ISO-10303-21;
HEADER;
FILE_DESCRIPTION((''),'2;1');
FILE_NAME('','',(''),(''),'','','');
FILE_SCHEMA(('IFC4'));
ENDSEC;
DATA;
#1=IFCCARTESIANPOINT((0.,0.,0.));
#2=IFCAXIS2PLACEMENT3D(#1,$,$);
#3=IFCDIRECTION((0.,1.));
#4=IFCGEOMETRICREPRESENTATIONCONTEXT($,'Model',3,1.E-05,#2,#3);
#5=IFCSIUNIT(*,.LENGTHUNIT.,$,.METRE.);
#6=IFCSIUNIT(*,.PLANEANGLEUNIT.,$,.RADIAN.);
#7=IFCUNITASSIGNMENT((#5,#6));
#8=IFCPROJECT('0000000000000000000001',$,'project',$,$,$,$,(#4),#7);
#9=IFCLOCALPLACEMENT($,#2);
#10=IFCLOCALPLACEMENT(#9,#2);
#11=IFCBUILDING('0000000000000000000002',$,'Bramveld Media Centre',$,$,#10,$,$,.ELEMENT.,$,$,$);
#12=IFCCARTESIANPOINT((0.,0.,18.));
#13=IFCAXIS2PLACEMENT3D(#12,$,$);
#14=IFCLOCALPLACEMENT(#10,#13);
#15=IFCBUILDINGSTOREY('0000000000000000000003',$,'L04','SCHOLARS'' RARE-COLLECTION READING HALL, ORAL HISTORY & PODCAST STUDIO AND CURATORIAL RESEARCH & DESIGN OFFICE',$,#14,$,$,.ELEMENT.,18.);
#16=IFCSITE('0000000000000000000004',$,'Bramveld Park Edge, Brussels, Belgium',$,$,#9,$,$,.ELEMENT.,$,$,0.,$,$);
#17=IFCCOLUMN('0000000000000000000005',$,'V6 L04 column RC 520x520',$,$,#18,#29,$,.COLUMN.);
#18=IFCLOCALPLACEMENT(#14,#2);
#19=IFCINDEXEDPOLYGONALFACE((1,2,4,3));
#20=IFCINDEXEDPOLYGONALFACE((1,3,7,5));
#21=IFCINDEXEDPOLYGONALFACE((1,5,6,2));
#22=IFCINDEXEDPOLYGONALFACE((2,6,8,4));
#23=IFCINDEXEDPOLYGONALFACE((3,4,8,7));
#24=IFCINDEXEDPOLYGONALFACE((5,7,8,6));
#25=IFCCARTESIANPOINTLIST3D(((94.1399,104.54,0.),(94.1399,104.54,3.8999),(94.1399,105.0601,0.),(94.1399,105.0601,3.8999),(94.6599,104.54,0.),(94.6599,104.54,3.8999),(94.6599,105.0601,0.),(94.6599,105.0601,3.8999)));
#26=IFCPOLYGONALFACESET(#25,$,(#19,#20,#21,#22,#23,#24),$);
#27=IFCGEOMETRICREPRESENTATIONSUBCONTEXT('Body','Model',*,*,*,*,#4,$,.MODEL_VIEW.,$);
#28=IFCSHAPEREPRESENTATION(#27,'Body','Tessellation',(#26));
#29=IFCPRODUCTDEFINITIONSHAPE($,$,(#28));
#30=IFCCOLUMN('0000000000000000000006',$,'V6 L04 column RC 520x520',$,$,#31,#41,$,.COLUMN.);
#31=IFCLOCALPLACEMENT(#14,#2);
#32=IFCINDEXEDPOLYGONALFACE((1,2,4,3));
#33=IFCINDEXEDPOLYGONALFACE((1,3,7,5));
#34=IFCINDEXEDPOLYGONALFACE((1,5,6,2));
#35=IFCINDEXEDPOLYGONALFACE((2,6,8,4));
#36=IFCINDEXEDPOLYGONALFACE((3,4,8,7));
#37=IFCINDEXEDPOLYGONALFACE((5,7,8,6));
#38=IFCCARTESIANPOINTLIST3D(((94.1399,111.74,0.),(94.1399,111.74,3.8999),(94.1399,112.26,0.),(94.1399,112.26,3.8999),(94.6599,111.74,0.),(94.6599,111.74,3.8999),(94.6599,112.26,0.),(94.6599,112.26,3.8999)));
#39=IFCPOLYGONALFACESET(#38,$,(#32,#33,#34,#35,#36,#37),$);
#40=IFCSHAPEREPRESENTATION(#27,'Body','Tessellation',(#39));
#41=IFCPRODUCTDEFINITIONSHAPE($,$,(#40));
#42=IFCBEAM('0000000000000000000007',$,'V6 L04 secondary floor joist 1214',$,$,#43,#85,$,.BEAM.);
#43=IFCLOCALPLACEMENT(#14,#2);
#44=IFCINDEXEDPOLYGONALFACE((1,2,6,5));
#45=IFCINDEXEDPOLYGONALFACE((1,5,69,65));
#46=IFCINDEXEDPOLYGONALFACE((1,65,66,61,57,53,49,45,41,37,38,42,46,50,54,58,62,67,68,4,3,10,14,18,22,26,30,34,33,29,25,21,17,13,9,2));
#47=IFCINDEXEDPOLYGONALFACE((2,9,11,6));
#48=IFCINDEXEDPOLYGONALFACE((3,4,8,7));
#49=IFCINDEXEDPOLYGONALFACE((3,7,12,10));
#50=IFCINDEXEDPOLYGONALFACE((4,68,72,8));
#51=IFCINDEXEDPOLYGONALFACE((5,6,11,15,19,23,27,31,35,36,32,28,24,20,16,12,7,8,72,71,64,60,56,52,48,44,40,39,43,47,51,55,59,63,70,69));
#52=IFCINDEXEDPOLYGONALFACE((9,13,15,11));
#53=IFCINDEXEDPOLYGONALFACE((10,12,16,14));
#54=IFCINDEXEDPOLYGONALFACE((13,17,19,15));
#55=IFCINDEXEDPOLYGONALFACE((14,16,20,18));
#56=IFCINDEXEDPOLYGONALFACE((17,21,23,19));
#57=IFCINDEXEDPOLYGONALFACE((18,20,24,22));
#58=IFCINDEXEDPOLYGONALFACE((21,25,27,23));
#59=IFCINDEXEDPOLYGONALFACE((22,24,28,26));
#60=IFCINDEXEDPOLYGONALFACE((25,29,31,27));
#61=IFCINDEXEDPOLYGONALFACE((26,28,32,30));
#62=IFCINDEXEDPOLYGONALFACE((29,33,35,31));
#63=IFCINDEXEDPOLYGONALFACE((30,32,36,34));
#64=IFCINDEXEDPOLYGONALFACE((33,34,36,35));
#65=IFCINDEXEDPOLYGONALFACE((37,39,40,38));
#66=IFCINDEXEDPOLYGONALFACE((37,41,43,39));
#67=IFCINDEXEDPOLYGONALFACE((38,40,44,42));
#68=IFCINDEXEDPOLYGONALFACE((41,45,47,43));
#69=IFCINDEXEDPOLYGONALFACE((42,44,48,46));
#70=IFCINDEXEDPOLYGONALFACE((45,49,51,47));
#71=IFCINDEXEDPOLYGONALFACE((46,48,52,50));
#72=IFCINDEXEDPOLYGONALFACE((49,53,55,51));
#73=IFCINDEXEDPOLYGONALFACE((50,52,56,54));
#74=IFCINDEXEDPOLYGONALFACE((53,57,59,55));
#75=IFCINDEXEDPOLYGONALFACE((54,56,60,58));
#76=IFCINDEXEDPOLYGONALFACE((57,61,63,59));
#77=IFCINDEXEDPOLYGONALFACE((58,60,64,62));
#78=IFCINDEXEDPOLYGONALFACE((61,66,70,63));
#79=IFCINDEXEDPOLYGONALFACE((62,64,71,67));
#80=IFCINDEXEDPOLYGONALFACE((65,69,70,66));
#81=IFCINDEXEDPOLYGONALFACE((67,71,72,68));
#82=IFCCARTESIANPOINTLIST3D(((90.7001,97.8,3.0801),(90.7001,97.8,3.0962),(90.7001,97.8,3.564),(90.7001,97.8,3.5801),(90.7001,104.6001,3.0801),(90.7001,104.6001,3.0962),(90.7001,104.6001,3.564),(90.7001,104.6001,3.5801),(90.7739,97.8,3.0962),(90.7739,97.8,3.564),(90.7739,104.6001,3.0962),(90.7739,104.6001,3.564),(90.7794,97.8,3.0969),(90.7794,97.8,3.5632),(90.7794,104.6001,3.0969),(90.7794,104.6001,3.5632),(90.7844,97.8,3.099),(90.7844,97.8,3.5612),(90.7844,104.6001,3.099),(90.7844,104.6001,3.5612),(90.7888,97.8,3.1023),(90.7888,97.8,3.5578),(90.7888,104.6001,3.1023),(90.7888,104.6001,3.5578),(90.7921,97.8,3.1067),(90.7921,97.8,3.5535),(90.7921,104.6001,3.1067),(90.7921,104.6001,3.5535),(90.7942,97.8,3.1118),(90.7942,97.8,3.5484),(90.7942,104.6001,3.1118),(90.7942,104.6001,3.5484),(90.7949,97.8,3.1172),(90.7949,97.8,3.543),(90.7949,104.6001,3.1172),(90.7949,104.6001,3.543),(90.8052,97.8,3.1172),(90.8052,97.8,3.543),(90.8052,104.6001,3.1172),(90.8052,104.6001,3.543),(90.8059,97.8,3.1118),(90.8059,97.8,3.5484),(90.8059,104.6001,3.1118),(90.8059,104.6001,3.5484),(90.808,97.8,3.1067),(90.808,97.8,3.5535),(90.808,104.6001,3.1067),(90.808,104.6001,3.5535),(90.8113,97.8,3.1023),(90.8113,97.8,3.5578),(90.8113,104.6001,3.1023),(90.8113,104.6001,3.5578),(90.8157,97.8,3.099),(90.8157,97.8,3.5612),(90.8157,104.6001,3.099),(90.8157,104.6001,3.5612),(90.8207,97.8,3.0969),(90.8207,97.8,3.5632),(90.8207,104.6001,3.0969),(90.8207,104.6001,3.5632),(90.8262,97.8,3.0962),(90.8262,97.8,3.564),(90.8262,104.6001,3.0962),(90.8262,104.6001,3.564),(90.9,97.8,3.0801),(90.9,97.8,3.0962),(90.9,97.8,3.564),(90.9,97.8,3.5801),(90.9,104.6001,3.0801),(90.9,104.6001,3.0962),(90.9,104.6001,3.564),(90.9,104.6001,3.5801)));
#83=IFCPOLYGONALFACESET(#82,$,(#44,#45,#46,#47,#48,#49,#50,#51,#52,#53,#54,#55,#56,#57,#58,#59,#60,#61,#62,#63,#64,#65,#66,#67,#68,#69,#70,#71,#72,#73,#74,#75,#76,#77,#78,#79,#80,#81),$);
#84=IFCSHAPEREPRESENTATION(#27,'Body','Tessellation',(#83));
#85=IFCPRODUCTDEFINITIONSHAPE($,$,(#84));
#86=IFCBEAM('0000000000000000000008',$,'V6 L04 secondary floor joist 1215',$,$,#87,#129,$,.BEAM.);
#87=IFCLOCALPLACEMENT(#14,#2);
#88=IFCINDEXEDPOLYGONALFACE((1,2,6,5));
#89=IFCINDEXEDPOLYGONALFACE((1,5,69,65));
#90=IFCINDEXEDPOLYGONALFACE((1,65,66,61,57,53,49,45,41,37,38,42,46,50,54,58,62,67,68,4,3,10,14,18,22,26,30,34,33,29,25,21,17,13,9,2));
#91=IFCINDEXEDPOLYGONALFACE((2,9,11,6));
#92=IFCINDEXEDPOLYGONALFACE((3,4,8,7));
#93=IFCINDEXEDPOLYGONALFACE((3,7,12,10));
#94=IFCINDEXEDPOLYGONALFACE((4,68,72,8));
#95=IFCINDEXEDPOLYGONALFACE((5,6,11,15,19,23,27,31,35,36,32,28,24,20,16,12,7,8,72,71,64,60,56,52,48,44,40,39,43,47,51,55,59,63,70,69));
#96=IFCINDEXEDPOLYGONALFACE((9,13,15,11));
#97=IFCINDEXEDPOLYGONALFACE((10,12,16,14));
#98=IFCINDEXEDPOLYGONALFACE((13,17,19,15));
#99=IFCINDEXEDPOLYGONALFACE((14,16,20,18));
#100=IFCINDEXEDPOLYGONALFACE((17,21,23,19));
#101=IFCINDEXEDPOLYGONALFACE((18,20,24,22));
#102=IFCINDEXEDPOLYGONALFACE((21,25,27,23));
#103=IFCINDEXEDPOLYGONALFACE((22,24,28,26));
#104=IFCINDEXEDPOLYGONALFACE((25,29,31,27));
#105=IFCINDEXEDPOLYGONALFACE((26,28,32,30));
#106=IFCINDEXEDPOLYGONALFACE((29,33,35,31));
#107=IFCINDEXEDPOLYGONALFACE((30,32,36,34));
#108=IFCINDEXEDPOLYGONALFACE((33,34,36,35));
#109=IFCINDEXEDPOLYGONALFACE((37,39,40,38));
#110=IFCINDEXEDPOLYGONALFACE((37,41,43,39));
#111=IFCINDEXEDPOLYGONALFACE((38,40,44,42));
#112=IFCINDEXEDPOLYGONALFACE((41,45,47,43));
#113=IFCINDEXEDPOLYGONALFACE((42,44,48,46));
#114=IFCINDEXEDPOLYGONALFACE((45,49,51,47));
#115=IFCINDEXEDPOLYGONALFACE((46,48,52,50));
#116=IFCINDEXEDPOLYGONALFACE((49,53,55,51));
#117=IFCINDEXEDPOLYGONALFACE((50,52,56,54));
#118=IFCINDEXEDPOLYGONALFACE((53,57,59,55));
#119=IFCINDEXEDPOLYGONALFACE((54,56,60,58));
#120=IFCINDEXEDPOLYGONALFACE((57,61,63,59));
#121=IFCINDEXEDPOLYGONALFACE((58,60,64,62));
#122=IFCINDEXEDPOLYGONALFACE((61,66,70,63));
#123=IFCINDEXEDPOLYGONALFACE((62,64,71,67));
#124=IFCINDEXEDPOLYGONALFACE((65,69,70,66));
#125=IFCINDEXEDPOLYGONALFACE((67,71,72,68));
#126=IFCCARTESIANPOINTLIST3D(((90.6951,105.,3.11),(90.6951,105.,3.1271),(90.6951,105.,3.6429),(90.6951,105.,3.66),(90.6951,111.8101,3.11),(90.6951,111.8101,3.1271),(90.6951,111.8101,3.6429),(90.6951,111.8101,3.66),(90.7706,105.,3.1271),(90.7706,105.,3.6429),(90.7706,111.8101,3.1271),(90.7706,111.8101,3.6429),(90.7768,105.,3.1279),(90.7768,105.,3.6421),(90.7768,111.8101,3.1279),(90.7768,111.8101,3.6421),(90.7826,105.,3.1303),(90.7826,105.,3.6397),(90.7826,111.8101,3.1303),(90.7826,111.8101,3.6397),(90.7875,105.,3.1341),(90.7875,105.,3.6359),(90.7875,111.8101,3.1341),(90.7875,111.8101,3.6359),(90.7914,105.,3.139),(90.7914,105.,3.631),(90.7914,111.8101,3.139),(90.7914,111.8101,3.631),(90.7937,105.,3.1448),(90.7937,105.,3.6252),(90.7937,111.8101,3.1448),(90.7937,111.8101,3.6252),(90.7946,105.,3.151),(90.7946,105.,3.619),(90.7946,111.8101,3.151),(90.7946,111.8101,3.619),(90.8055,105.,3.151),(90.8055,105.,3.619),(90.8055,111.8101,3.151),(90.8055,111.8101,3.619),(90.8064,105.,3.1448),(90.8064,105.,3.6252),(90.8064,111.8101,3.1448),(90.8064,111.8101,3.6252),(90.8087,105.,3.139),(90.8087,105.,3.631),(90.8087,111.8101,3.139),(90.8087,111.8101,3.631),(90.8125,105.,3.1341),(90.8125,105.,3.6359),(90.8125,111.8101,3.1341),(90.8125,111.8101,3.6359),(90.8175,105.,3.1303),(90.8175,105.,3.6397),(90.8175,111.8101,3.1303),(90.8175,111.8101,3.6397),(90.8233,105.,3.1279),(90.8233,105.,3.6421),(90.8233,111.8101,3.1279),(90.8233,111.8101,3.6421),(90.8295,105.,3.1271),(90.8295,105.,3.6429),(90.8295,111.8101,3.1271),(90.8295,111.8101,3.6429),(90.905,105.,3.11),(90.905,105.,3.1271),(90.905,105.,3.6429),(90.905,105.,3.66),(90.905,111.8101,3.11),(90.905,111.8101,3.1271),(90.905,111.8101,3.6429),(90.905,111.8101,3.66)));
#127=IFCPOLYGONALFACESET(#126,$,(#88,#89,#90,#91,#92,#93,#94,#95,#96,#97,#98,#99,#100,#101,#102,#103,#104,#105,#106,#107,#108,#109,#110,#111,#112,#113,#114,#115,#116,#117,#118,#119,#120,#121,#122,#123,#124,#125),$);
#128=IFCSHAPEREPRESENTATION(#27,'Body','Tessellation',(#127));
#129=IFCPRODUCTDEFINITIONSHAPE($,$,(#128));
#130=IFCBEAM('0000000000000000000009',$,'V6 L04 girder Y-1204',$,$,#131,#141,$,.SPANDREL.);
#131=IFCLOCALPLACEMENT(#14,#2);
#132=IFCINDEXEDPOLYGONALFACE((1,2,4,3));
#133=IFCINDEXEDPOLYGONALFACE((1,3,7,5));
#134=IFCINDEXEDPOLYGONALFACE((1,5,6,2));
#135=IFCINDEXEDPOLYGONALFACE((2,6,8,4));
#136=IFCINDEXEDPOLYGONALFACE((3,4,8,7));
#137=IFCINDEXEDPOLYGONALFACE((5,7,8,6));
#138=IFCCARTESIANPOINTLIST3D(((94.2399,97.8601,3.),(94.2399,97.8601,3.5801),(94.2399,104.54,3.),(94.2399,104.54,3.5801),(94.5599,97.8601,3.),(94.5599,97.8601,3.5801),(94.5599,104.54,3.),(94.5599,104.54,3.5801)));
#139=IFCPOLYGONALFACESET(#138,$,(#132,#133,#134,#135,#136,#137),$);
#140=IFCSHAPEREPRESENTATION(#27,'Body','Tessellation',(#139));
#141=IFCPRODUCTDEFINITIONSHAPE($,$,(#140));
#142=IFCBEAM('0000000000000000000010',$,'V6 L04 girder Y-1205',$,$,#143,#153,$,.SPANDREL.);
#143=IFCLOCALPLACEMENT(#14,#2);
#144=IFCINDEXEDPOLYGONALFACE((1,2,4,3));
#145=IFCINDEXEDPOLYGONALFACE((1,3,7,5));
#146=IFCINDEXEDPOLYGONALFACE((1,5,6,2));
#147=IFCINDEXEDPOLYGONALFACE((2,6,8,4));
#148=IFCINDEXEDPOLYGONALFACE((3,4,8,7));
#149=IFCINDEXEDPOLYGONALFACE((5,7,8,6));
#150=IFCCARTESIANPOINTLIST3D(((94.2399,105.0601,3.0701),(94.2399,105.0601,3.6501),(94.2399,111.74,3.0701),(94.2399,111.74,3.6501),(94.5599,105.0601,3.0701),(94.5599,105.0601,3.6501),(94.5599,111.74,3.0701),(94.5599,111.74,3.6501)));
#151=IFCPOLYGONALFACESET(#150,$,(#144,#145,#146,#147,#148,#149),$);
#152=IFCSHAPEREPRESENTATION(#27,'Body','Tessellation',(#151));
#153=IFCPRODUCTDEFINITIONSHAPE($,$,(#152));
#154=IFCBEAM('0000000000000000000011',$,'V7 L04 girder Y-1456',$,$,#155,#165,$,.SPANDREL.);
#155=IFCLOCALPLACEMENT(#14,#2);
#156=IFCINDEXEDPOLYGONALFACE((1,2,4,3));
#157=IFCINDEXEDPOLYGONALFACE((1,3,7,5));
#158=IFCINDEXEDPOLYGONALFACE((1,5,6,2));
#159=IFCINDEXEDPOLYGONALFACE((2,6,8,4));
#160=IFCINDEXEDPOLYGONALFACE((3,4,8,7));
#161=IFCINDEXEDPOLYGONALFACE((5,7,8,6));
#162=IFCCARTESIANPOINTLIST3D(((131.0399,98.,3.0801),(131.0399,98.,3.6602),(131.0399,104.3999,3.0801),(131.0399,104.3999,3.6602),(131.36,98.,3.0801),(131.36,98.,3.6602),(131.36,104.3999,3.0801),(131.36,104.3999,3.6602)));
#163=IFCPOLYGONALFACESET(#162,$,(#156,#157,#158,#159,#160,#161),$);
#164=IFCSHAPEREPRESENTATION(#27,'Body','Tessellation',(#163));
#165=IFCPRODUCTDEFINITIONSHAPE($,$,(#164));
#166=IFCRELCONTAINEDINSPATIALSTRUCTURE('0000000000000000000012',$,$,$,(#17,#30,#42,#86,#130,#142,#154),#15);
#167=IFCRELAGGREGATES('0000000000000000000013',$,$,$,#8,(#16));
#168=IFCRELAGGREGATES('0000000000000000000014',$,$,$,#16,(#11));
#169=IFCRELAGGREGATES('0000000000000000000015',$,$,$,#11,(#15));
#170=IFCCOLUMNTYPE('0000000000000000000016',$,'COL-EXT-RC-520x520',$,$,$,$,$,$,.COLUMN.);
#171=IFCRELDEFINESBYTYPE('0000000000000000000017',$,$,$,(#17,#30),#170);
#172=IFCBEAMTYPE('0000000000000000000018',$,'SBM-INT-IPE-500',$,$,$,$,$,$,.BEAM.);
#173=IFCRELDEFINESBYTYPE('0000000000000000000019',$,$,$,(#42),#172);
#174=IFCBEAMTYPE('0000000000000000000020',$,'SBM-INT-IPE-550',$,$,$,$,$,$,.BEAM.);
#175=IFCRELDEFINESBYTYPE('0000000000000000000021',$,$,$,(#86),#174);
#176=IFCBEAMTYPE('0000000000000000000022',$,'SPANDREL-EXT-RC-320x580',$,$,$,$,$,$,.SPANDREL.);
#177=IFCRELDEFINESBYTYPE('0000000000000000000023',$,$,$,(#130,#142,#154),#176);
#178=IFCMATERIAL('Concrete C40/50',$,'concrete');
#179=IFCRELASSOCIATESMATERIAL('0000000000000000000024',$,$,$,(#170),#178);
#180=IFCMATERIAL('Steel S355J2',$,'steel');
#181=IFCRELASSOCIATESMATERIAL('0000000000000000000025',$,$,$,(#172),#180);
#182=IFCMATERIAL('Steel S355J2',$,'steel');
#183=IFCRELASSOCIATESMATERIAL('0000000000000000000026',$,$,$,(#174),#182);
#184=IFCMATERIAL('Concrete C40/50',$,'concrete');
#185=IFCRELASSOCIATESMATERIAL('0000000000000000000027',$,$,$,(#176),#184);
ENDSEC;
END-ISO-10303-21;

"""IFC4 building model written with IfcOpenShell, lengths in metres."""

from ifc_helpers import new_model, si_unit, direction, frame, origin, origin_2d, place, context, subcontext, project, spatial, rectangle, i_section, extrude, material, material_profile, profile_set, type_object, element, save


model = new_model("IFC4")

# Units and contexts
model_context = context("Model", 3, precision=1e-05, world=origin(), true_north=direction((0.0, 1.0)))
body_context = subcontext(model_context, "Body", "Model", "MODEL_VIEW")
ifc_project = project(units=[si_unit("LENGTHUNIT", "METRE"), si_unit("PLANEANGLEUNIT", "RADIAN")], contexts=[model_context])

# Site, building, storey
site_placement = place(None, origin())
site = spatial("IfcSite", under=ifc_project, at=site_placement, Name="Bramveld Park Edge, Brussels, Belgium", CompositionType="ELEMENT", RefElevation=0.0)
building_placement = place(site_placement, origin())
building = spatial("IfcBuilding", under=site, at=building_placement, Name="Bramveld Media Centre", CompositionType="ELEMENT")
storey_placement = place(building_placement, frame((0.0, 0.0, 18.0)))
storey = spatial("IfcBuildingStorey", under=building, at=storey_placement, Name="L04", Description="SCHOLARS' RARE-COLLECTION READING HALL, ORAL HISTORY & PODCAST STUDIO AND CURATORIAL RESEARCH & DESIGN OFFICE", CompositionType="ELEMENT", Elevation=18.0)

# Columns
ifc_material_1 = material(Name="Concrete C40/50", Category="concrete")
ifc_material_profile_1 = material_profile(ifc_material_1, rectangle(XDim=0.52, YDim=0.52, at=origin_2d()), Name="RC 520x520")
ifc_profile_set_1 = profile_set([ifc_material_profile_1], Name="Concrete C40/50")
column_type = type_object("IfcColumnType", Name="COL-EXT-RC-520x520", PredefinedType="COLUMN", material=ifc_profile_set_1)
for number, where, z_axis, x_axis, name in (
    (1, (94.3999, 104.8, 0.0), (0.0, 0.0, 1.0), (1.0, 0.0, 0.0), "V6 L04 column RC 520x520"),
    (2, (94.3999, 112.0, 0.0), (0.0, 0.0, 1.0), (1.0, 0.0, 0.0), "V6 L04 column RC 520x520"),
):
    element("IfcColumn", number, at=place(storey_placement, frame(where, z_axis=z_axis, x_axis=x_axis)), inside=storey, type_object=column_type, Name=name, PredefinedType="COLUMN", context=body_context, shape_type="SweptSolid", body=[
        extrude(rectangle(XDim=0.52, YDim=0.52, at=origin_2d()), origin(), (0.0, 0.0, 1.0), 3.8999),
    ])

# Beams
ifc_material_2 = material(Name="Steel S355J2", Category="steel")
ifc_material_profile_2 = material_profile(ifc_material_2, i_section(OverallWidth=0.2, OverallDepth=0.5, WebThickness=0.0103, FlangeThickness=0.0161, FilletRadius=0.021, at=origin_2d()), Name="IPE 500")
ifc_profile_set_2 = profile_set([ifc_material_profile_2], Name="Steel S355J2")
beam_type_1 = type_object("IfcBeamType", Name="SBM-INT-IPE-500", PredefinedType="BEAM", material=ifc_profile_set_2)
beam_1_placement = place(storey_placement, frame((90.8, 97.8, 3.3301), z_axis=(0.0, 1.0, 0.0), x_axis=(-1.0, 0.0, 0.0)))
element("IfcBeam", 3, at=beam_1_placement, inside=storey, type_object=beam_type_1, Name="V6 L04 secondary floor joist 1214", PredefinedType="BEAM", context=body_context, shape_type="SweptSolid", body=[
    extrude(i_section(OverallWidth=0.2, OverallDepth=0.5, WebThickness=0.0103, FlangeThickness=0.0161, FilletRadius=0.021, at=origin_2d()), origin(), (0.0, 0.0, 1.0), 6.8),
])
ifc_material_3 = material(Name="Steel S355J2", Category="steel")
ifc_material_profile_3 = material_profile(ifc_material_3, i_section(OverallWidth=0.21, OverallDepth=0.55, WebThickness=0.011, FlangeThickness=0.0171, FilletRadius=0.0239, at=origin_2d()), Name="IPE 550")
ifc_profile_set_3 = profile_set([ifc_material_profile_3], Name="Steel S355J2")
beam_type_2 = type_object("IfcBeamType", Name="SBM-INT-IPE-550", PredefinedType="BEAM", material=ifc_profile_set_3)
beam_2_placement = place(storey_placement, frame((90.8, 105.0, 3.385), z_axis=(0.0, 1.0, 0.0), x_axis=(-1.0, 0.0, 0.0)))
element("IfcBeam", 4, at=beam_2_placement, inside=storey, type_object=beam_type_2, Name="V6 L04 secondary floor joist 1215", PredefinedType="BEAM", context=body_context, shape_type="SweptSolid", body=[
    extrude(i_section(OverallWidth=0.21, OverallDepth=0.55, WebThickness=0.011, FlangeThickness=0.0171, FilletRadius=0.0239, at=origin_2d()), origin(), (0.0, 0.0, 1.0), 6.8101),
])
ifc_material_4 = material(Name="Concrete C40/50", Category="concrete")
ifc_material_profile_4 = material_profile(ifc_material_4, rectangle(XDim=0.3201, YDim=0.5801, at=origin_2d()), Name="RC 320x580")
ifc_profile_set_4 = profile_set([ifc_material_profile_4], Name="Concrete C40/50")
beam_type_3 = type_object("IfcBeamType", Name="SPANDREL-EXT-RC-320x580", PredefinedType="SPANDREL", material=ifc_profile_set_4)
for number, where, z_axis, x_axis, name in (
    (5, (94.3999, 97.8601, 3.29), (0.0, 1.0, 0.0), (-1.0, 0.0, 0.0), "V6 L04 girder Y-1204"),
    (6, (94.3999, 105.0601, 3.3601), (0.0, 1.0, 0.0), (-1.0, 0.0, 0.0), "V6 L04 girder Y-1205"),
):
    element("IfcBeam", number, at=place(storey_placement, frame(where, z_axis=z_axis, x_axis=x_axis)), inside=storey, type_object=beam_type_3, Name=name, PredefinedType="SPANDREL", context=body_context, shape_type="SweptSolid", body=[
        extrude(rectangle(XDim=0.3201, YDim=0.5801, at=origin_2d()), origin(), (0.0, 0.0, 1.0), 6.6799),
    ])
beam_3_placement = place(storey_placement, frame((131.2, 98.0, 3.3701), z_axis=(0.0, 1.0, 0.0), x_axis=(-1.0, 0.0, 0.0)))
element("IfcBeam", 7, at=beam_3_placement, inside=storey, type_object=beam_type_3, Name="V7 L04 girder Y-1456", PredefinedType="SPANDREL", context=body_context, shape_type="SweptSolid", body=[
    extrude(rectangle(XDim=0.3201, YDim=0.5801, at=origin_2d()), origin(), (0.0, 0.0, 1.0), 6.3999),
])

save(model, "model.ifc")
